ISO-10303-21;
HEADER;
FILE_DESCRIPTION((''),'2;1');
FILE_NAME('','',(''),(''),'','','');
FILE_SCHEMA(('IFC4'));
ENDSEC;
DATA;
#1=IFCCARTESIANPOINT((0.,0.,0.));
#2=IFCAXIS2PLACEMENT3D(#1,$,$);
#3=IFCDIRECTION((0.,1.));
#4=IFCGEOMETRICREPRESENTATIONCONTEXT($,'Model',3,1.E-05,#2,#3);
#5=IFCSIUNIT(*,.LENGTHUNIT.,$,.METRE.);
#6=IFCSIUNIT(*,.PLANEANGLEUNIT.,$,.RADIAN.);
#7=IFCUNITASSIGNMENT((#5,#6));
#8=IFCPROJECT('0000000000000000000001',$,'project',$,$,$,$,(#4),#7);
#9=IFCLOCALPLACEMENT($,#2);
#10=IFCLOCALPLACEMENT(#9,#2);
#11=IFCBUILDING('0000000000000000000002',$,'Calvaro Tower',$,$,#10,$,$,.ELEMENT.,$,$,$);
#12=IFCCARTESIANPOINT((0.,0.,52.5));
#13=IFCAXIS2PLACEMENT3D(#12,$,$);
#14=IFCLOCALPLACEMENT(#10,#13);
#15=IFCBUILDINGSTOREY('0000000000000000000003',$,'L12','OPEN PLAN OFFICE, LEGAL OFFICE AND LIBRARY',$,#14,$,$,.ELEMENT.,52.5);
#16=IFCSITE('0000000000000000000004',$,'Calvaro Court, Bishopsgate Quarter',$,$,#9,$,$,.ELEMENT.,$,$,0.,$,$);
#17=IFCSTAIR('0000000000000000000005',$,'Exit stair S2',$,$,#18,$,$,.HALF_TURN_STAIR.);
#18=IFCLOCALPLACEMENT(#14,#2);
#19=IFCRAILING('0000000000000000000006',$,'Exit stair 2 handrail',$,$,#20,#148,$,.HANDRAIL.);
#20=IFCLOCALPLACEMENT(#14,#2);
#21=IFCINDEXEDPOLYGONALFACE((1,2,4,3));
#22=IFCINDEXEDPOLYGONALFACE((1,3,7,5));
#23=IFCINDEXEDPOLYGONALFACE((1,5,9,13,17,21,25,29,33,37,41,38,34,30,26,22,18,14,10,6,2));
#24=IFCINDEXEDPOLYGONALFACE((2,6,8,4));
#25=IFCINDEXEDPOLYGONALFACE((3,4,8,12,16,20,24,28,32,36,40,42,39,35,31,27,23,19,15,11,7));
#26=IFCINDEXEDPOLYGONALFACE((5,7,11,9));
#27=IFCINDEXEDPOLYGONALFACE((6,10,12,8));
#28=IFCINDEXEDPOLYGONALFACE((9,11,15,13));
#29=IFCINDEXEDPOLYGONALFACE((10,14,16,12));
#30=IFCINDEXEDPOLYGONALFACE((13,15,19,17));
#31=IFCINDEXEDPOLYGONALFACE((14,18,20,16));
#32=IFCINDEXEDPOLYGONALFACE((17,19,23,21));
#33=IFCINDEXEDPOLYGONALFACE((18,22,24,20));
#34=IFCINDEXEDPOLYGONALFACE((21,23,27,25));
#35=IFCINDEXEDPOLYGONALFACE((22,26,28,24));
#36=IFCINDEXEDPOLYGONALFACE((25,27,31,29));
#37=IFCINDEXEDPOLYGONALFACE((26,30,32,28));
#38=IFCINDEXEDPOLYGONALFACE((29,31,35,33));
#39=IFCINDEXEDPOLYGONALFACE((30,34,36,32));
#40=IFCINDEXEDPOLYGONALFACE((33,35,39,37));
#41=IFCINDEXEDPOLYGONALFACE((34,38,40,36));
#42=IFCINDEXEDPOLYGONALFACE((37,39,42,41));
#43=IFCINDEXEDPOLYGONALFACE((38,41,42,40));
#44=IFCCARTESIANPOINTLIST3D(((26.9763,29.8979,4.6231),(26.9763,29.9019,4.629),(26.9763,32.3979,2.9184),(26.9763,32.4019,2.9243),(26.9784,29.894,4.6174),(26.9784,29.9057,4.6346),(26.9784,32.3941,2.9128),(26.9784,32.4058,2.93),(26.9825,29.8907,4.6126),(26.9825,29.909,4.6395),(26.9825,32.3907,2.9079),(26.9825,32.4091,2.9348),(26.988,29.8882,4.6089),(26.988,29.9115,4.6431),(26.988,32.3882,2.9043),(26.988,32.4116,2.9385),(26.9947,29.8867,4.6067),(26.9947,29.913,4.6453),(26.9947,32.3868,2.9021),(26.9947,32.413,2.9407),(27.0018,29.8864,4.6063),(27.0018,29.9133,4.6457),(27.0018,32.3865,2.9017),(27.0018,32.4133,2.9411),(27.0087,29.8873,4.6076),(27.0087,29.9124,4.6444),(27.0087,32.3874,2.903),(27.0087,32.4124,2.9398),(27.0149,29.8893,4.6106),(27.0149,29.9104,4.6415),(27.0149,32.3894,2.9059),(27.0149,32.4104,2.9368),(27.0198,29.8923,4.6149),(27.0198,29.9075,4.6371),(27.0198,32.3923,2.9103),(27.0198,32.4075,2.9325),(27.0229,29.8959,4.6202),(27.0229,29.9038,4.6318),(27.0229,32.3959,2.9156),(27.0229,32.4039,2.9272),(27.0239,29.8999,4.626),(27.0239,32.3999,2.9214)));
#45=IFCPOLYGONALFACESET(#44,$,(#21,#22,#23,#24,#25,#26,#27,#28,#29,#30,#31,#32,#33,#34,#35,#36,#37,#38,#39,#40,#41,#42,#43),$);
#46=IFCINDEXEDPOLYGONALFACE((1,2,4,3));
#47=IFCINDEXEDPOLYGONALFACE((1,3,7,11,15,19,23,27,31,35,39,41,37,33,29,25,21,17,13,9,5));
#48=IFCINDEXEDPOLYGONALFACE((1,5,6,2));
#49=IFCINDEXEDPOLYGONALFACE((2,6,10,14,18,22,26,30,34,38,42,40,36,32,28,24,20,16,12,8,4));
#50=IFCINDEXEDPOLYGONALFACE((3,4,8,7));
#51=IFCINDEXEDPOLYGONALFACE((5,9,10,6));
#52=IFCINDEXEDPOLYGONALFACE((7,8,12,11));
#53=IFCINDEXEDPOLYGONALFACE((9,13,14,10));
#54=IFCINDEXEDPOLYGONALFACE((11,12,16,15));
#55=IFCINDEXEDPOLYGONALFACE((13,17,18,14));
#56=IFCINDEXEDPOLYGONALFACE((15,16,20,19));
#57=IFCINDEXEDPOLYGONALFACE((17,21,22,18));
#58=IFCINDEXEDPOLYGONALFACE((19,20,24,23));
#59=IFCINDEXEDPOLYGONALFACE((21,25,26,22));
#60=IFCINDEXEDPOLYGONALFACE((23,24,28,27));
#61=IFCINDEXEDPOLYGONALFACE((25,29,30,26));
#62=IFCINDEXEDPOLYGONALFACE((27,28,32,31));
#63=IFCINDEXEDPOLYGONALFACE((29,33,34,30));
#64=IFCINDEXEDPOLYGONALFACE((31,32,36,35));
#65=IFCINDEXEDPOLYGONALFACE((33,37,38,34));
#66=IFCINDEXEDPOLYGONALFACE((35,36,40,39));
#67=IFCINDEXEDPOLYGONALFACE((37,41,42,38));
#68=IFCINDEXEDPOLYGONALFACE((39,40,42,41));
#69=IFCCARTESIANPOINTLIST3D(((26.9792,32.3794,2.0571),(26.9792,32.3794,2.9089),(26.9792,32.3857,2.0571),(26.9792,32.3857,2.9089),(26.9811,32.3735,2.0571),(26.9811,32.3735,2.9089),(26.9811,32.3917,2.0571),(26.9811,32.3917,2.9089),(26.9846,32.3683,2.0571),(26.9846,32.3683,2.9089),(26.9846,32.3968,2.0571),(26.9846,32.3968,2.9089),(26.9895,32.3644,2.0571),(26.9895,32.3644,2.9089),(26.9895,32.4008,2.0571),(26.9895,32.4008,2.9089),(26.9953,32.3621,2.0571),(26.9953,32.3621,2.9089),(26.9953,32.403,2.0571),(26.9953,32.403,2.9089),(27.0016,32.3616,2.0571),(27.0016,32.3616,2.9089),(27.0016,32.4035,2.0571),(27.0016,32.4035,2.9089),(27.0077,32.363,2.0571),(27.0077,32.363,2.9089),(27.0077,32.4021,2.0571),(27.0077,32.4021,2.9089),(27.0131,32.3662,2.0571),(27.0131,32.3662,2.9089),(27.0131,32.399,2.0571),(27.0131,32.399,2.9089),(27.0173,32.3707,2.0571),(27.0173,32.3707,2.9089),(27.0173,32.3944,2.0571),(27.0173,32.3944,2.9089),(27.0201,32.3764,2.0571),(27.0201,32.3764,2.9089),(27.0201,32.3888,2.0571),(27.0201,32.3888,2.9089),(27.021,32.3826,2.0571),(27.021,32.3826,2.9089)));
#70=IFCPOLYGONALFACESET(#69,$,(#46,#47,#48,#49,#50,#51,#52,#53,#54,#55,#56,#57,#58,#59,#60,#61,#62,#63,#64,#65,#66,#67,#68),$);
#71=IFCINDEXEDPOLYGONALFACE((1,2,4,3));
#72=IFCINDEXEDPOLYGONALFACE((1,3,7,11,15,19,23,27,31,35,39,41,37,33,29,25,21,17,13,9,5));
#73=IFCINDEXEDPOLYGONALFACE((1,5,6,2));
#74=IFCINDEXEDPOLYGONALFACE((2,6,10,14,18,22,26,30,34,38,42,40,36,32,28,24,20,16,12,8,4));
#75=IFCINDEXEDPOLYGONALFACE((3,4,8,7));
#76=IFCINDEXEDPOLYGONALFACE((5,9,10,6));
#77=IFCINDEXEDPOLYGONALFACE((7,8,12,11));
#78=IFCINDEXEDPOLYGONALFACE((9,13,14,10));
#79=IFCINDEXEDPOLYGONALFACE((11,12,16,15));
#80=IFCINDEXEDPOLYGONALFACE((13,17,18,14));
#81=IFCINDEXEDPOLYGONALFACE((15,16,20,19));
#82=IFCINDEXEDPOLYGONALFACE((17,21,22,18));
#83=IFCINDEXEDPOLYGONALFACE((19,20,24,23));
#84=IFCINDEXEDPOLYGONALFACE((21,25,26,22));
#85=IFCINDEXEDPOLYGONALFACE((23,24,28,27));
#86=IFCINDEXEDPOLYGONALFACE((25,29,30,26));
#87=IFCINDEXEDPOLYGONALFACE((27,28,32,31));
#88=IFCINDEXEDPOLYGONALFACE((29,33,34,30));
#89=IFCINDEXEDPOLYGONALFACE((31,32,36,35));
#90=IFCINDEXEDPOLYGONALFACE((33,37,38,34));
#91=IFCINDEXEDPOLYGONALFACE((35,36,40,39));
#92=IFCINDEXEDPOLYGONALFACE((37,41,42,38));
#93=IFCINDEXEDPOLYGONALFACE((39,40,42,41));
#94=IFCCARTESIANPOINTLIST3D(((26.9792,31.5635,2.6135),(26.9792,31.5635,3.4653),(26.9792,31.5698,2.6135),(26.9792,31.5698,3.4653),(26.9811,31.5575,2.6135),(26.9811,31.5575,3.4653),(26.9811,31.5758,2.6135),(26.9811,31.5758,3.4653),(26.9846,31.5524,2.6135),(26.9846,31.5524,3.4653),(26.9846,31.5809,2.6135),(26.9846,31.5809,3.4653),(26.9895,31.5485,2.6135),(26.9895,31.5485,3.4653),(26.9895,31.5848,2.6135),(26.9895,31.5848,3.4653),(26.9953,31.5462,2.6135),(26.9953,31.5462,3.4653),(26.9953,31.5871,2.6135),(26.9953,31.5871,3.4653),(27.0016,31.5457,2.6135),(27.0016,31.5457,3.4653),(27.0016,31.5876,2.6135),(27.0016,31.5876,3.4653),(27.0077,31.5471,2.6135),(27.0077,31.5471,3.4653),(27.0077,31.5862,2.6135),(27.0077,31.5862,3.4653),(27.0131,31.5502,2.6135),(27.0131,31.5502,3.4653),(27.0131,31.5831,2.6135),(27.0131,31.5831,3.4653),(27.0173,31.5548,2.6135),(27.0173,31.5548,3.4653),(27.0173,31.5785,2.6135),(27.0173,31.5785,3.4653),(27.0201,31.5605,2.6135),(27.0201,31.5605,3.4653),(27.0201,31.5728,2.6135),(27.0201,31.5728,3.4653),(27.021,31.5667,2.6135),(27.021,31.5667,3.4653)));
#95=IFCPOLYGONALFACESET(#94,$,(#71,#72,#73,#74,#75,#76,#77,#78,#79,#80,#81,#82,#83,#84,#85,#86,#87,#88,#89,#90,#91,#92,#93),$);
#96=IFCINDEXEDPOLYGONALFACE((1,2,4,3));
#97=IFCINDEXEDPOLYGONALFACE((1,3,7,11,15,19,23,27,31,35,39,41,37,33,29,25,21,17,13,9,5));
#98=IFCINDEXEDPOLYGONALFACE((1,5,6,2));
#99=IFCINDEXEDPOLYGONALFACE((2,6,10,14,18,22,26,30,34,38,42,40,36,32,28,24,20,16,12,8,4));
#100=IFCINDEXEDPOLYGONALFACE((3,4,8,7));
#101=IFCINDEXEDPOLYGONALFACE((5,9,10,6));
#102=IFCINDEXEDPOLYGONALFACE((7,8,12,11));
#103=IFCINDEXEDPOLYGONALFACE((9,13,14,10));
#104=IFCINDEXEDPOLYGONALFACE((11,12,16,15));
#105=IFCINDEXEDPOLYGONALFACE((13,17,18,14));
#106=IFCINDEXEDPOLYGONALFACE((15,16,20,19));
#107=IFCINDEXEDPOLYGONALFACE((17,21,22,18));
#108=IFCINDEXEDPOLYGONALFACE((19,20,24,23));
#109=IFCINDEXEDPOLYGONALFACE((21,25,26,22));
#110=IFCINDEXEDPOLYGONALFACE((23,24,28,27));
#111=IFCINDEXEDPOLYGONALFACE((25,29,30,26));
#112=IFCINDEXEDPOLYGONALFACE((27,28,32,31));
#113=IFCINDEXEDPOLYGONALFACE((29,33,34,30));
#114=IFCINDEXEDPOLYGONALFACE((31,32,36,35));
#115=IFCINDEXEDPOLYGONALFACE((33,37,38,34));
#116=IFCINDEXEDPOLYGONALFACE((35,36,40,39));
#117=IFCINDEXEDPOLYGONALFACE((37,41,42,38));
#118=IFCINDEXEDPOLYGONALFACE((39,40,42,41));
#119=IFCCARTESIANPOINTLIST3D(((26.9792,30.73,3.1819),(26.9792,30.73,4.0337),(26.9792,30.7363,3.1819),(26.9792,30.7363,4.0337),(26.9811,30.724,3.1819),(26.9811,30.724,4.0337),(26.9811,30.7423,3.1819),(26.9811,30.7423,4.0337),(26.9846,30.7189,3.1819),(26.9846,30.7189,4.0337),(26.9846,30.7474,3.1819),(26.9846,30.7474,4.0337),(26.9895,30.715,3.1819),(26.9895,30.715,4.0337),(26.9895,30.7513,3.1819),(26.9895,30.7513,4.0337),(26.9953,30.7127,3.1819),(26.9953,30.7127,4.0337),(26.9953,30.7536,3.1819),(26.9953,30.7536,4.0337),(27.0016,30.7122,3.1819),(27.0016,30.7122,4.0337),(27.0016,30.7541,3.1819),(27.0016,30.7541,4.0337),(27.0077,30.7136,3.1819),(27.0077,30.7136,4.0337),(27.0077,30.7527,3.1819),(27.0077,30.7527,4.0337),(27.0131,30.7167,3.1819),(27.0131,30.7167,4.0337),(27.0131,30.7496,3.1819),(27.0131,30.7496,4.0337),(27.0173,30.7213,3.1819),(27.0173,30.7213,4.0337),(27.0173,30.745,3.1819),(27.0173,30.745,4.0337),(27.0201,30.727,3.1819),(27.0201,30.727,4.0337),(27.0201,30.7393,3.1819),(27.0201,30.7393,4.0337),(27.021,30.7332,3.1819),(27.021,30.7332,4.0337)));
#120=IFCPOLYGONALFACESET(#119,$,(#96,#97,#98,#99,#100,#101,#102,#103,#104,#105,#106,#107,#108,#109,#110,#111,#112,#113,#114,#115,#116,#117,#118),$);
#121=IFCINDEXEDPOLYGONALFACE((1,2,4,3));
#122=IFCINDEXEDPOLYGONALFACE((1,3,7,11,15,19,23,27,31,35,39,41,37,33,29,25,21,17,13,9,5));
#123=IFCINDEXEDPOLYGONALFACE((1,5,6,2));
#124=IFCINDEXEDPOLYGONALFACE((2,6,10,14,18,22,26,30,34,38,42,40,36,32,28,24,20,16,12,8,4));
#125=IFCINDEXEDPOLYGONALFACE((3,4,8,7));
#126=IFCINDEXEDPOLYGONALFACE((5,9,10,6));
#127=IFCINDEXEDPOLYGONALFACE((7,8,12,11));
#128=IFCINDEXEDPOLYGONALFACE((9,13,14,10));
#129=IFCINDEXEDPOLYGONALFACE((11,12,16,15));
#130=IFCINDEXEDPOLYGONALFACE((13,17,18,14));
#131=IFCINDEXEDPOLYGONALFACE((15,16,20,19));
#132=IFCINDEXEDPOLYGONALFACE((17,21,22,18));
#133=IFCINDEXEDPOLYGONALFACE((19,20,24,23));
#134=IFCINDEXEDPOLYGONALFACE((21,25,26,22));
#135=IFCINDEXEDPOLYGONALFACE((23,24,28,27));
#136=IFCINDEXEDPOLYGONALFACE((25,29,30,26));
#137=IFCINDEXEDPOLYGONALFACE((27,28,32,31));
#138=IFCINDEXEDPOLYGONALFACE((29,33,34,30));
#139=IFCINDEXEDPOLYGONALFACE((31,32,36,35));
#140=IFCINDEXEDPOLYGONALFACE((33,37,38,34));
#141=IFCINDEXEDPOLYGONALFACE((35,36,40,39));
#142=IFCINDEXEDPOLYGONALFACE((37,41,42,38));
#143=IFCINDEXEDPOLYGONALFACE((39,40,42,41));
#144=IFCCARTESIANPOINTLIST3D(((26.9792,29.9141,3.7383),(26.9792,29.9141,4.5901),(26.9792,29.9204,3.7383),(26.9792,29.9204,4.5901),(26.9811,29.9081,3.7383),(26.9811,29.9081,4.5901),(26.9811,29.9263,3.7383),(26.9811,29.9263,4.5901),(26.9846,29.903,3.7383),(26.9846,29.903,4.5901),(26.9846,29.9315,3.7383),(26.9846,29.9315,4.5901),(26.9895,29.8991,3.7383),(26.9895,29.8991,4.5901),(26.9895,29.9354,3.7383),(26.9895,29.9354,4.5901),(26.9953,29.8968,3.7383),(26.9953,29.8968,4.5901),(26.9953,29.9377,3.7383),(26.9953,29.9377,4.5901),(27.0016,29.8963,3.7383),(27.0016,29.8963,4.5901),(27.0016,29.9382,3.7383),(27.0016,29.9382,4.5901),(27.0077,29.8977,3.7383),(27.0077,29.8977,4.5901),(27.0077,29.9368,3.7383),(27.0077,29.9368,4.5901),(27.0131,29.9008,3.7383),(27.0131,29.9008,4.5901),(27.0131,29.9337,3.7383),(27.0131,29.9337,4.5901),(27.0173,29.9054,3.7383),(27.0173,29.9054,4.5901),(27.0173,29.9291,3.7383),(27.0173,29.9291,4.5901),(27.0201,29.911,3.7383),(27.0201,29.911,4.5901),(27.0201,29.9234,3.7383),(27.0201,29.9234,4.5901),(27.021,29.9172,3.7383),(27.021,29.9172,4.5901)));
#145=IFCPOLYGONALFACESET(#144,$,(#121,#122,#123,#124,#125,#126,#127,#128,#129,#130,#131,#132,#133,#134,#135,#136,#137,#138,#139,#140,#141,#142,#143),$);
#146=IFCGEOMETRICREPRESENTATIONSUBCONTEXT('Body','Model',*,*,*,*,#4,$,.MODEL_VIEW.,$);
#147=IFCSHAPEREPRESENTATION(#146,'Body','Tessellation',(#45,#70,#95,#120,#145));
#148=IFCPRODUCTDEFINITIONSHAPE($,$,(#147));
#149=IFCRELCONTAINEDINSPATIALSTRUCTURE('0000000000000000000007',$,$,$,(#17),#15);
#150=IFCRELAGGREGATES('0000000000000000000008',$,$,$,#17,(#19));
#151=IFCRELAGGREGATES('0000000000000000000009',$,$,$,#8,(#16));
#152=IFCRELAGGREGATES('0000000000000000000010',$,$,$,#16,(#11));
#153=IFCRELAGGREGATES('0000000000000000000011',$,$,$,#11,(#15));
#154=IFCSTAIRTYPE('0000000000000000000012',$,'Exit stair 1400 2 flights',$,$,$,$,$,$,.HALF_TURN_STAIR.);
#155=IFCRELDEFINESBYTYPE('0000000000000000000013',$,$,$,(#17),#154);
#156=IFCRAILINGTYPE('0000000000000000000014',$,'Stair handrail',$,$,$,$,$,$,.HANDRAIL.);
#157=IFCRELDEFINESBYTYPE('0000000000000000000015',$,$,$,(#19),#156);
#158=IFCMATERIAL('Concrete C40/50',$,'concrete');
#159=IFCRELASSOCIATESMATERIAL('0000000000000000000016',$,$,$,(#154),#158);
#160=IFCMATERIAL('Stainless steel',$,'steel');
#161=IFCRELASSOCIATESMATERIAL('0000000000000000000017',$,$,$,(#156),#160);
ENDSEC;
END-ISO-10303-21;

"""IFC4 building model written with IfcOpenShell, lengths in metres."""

from ifc_helpers import new_model, si_unit, direction, frame, origin, origin_2d, place, context, subcontext, project, spatial, circle, extrude, material, type_object, element, aggregate, save


model = new_model("IFC4")

# Units and contexts
model_context = context("Model", 3, precision=1e-05, world=origin(), true_north=direction((0.0, 1.0)))
body_context = subcontext(model_context, "Body", "Model", "MODEL_VIEW")
ifc_project = project(units=[si_unit("LENGTHUNIT", "METRE"), si_unit("PLANEANGLEUNIT", "RADIAN")], contexts=[model_context])

# Site, building, storey
site_placement = place(None, origin())
site = spatial("IfcSite", under=ifc_project, at=site_placement, Name="Calvaro Court, Bishopsgate Quarter", CompositionType="ELEMENT", RefElevation=0.0)
building_placement = place(site_placement, origin())
building = spatial("IfcBuilding", under=site, at=building_placement, Name="Calvaro Tower", CompositionType="ELEMENT")
storey_placement = place(building_placement, frame((0.0, 0.0, 52.5)))
storey = spatial("IfcBuildingStorey", under=building, at=storey_placement, Name="L12", Description="OPEN PLAN OFFICE, LEGAL OFFICE AND LIBRARY", CompositionType="ELEMENT", Elevation=52.5)

# Stair, railing
ifc_material_1 = material(Name="Concrete C40/50", Category="concrete")
stair_type = type_object("IfcStairType", Name="Exit stair 1400 2 flights", PredefinedType="HALF_TURN_STAIR", material=ifc_material_1)
stair_placement = place(storey_placement, origin())
stair = element("IfcStair", 1, at=stair_placement, inside=storey, type_object=stair_type, Name="Exit stair S2", PredefinedType="HALF_TURN_STAIR")
ifc_material_2 = material(Name="Stainless steel", Category="steel")
railing_type = type_object("IfcRailingType", Name="Stair handrail", PredefinedType="HANDRAIL", material=ifc_material_2)
railing_1_placement = place(storey_placement, frame((27.0, 32.3999, 2.0454)))
railing_1 = element("IfcRailing", 2, at=railing_1_placement, type_object=railing_type, Name="Exit stair 2 handrail", PredefinedType="HANDRAIL", context=body_context, shape_type="SweptSolid", body=[
    extrude(circle(Radius=0.0239, at=origin_2d()), frame((0.0, 0.0, 0.876), z_axis=(0.0, -0.826221, 0.563347), x_axis=(1.0, 0.0, 0.0)), (0.0, 0.0, 1.0), 3.0259),
    extrude(circle(Radius=0.021, at=origin_2d()), frame((0.0, -0.0173, 0.0117)), (0.0, 0.0, 1.0), 0.8518),
    extrude(circle(Radius=0.021, at=origin_2d()), frame((0.0, -0.8333, 0.5681)), (0.0, 0.0, 1.0), 0.8518),
    extrude(circle(Radius=0.021, at=origin_2d()), frame((0.0, -1.6667, 1.1365)), (0.0, 0.0, 1.0), 0.8518),
    extrude(circle(Radius=0.021, at=origin_2d()), frame((0.0, -2.4827, 1.6929)), (0.0, 0.0, 1.0), 0.8518),
])
aggregate(stair, [railing_1])

save(model, "model.ifc")
